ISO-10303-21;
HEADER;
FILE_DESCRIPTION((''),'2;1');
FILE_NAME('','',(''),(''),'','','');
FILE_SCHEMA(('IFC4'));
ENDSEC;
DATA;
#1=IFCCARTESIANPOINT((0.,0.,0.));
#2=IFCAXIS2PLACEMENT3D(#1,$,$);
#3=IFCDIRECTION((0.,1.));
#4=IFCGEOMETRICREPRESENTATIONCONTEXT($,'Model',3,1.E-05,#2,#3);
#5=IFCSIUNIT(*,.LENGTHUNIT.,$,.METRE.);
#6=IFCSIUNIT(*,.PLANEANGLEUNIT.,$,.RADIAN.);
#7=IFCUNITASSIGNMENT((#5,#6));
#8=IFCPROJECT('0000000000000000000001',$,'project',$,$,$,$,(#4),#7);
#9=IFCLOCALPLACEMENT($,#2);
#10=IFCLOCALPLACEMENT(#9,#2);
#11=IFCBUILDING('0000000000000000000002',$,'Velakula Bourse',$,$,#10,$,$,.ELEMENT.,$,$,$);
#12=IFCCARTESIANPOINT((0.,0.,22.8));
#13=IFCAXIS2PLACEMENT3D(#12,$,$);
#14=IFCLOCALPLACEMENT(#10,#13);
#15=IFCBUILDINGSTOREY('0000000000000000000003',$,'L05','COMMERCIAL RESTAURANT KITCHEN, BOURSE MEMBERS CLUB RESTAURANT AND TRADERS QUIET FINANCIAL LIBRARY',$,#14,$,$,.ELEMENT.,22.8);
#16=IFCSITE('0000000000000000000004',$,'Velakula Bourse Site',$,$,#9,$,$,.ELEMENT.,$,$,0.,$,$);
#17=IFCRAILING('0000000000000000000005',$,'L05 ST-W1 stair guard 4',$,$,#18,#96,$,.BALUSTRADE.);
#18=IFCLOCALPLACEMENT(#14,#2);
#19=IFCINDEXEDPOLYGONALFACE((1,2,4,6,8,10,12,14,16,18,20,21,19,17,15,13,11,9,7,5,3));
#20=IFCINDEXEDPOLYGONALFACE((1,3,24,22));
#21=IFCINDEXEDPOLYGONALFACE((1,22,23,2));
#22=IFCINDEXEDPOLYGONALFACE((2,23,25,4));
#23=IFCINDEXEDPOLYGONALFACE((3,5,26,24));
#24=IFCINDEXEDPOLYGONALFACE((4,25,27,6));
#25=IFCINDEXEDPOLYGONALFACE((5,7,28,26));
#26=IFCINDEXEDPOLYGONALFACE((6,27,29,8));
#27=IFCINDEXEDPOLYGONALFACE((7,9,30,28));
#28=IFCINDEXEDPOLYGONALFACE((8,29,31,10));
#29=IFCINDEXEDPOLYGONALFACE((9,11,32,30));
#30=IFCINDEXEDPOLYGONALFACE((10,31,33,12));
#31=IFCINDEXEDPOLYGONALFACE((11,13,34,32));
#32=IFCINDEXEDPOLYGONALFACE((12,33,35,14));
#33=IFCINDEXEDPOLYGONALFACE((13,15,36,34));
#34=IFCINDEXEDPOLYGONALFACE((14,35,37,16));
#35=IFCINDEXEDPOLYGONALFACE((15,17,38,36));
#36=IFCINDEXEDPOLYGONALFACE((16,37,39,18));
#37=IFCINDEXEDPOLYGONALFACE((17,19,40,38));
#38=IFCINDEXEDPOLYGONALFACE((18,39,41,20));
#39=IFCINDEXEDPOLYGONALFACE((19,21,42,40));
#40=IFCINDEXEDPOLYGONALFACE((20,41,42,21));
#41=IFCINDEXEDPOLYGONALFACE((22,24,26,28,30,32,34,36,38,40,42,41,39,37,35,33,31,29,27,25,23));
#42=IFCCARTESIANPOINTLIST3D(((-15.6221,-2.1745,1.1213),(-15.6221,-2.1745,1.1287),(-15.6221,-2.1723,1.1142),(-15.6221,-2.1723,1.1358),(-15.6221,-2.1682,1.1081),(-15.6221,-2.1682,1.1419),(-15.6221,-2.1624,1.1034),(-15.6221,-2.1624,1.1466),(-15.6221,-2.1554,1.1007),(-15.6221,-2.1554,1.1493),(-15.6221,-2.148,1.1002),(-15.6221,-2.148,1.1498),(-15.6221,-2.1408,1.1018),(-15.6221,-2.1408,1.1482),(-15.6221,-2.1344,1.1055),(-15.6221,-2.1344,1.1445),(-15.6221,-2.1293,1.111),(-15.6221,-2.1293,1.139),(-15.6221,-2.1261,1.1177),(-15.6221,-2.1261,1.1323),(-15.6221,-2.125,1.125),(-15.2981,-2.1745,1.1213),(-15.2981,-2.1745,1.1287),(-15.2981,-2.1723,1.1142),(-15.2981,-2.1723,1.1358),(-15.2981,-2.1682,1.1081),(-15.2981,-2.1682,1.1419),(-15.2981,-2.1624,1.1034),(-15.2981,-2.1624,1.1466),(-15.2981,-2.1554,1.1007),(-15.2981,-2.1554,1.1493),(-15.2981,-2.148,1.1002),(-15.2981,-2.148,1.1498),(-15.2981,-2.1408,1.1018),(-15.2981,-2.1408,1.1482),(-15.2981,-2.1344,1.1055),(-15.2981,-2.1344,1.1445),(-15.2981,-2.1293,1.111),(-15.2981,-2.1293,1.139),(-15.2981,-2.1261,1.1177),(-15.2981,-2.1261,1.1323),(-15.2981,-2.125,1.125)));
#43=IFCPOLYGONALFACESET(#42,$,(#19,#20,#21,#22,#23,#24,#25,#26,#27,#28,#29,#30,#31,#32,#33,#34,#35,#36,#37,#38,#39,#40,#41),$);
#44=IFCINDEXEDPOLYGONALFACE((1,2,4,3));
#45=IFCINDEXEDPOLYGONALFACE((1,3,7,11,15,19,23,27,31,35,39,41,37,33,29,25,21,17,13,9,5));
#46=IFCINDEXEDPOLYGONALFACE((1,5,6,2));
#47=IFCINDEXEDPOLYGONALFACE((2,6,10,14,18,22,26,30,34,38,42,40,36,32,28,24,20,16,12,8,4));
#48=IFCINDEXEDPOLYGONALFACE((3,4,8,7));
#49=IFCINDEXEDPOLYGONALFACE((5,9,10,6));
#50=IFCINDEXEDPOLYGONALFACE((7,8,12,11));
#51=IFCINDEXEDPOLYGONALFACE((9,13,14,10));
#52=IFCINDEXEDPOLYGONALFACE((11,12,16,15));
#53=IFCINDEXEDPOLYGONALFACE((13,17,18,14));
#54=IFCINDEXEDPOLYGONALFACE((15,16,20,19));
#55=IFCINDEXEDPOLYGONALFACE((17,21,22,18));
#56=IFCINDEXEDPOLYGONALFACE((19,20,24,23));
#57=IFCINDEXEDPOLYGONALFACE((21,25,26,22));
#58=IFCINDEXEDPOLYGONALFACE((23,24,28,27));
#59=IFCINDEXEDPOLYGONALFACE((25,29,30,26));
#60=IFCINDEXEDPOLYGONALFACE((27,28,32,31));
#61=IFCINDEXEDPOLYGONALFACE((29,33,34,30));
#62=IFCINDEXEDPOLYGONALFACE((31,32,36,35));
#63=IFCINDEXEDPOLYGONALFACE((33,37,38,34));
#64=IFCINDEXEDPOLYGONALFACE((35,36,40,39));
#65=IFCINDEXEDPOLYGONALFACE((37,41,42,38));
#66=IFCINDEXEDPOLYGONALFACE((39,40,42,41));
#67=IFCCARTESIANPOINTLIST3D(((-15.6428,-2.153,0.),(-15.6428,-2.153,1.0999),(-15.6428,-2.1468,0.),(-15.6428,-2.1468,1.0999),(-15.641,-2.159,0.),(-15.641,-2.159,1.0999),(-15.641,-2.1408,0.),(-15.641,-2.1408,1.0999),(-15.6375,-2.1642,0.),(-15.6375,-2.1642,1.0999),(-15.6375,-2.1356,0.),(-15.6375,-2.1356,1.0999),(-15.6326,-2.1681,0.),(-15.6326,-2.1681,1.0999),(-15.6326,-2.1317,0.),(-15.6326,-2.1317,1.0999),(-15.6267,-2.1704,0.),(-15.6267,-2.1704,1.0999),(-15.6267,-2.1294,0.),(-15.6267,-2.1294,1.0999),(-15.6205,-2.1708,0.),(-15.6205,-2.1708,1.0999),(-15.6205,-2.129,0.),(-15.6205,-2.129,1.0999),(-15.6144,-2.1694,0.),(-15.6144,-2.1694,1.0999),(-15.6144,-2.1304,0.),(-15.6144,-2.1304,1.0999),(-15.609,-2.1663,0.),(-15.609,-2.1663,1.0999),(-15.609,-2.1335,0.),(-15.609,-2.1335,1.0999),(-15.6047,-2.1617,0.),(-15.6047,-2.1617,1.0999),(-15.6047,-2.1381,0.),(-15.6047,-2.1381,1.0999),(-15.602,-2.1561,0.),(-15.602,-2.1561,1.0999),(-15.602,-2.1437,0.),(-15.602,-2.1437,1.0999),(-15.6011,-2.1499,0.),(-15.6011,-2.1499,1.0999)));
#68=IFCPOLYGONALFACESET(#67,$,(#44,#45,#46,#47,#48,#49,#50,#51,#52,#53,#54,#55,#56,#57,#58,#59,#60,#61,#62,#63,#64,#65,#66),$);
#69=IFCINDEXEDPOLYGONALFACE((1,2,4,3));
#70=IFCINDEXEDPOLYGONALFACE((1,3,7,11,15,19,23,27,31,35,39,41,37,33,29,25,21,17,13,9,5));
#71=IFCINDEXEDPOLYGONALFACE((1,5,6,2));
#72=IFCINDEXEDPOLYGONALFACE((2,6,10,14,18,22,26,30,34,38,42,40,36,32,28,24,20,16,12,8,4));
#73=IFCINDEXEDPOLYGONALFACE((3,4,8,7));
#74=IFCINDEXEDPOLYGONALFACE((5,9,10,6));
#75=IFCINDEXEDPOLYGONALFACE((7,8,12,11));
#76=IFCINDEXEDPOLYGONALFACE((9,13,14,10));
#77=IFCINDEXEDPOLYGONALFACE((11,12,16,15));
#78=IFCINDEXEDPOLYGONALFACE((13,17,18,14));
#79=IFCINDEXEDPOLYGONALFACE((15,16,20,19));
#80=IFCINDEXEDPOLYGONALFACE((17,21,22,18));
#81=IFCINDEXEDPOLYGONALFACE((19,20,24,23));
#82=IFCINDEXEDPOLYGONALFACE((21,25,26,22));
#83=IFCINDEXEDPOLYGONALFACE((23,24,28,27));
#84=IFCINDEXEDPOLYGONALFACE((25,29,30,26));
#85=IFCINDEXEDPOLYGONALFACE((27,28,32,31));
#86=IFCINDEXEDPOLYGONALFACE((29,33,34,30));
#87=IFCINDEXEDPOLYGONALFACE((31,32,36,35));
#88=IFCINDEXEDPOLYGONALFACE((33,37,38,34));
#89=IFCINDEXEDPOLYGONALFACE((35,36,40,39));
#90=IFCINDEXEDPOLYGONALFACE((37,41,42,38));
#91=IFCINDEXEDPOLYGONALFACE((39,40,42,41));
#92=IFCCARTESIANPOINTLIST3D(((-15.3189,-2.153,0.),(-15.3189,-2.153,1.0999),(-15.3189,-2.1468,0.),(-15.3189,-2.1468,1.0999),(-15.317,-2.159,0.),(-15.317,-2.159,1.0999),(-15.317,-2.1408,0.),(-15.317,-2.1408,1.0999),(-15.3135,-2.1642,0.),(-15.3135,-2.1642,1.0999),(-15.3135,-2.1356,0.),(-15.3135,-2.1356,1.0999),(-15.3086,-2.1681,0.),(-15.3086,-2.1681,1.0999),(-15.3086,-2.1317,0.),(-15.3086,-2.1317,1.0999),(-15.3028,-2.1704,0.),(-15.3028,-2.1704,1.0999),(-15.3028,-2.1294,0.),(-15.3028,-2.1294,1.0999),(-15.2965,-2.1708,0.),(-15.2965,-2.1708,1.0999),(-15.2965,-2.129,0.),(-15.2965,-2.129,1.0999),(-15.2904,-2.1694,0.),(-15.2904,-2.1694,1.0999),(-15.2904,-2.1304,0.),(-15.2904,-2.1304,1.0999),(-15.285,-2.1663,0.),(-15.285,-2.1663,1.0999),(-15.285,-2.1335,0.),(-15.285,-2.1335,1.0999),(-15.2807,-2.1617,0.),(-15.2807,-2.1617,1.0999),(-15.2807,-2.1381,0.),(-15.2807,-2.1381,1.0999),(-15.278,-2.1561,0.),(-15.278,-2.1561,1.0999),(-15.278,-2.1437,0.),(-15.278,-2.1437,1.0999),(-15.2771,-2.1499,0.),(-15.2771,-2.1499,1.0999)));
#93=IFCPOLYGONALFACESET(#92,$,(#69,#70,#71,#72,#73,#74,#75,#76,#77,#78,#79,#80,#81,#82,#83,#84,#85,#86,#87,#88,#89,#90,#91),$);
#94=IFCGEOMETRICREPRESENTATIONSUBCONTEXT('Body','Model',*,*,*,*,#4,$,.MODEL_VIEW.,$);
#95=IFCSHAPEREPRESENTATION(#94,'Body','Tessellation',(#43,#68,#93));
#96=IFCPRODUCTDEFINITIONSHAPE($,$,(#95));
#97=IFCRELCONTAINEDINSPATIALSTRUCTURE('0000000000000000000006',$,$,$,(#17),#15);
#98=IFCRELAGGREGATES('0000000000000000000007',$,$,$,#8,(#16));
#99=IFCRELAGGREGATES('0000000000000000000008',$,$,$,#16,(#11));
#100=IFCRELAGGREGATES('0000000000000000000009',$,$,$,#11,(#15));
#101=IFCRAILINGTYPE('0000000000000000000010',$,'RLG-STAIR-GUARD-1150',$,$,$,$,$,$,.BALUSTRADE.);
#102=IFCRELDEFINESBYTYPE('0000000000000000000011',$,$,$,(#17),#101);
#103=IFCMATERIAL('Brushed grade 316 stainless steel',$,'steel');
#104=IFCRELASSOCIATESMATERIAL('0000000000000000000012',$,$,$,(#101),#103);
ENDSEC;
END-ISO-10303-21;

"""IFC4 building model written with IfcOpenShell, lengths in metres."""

from ifc_helpers import new_model, si_unit, direction, frame, origin, origin_2d, place, context, subcontext, project, spatial, circle, extrude, material, type_object, element, save


model = new_model("IFC4")

# Units and contexts
model_context = context("Model", 3, precision=1e-05, world=origin(), true_north=direction((0.0, 1.0)))
body_context = subcontext(model_context, "Body", "Model", "MODEL_VIEW")
ifc_project = project(units=[si_unit("LENGTHUNIT", "METRE"), si_unit("PLANEANGLEUNIT", "RADIAN")], contexts=[model_context])

# Site, building, storey
site_placement = place(None, origin())
site = spatial("IfcSite", under=ifc_project, at=site_placement, Name="Velakula Bourse Site", CompositionType="ELEMENT", RefElevation=0.0)
building_placement = place(site_placement, origin())
building = spatial("IfcBuilding", under=site, at=building_placement, Name="Velakula Bourse", CompositionType="ELEMENT")
storey_placement = place(building_placement, frame((0.0, 0.0, 22.8)))
storey = spatial("IfcBuildingStorey", under=building, at=storey_placement, Name="L05", Description="COMMERCIAL RESTAURANT KITCHEN, BOURSE MEMBERS CLUB RESTAURANT AND TRADERS QUIET FINANCIAL LIBRARY", CompositionType="ELEMENT", Elevation=22.8)

# Shared definitions
ifc_material_1 = material(Name="Brushed grade 316 stainless steel", Category="steel")

# Railing
railing_type = type_object("IfcRailingType", Name="RLG-STAIR-GUARD-1150", PredefinedType="BALUSTRADE", material=ifc_material_1)
railing_1_placement = place(storey_placement, frame((-15.6221, -2.1499, 0.0)))
element("IfcRailing", 1, at=railing_1_placement, inside=storey, type_object=railing_type, Name="L05 ST-W1 stair guard 4", PredefinedType="BALUSTRADE", context=body_context, shape_type="SweptSolid", body=[
    extrude(circle(Radius=0.0249, at=origin_2d()), frame((0.0, 0.0, 1.125), z_axis=(1.0, 0.0, 0.0), x_axis=(0.0, 1.0, 0.0)), (0.0, 0.0, 1.0), 0.324),
    extrude(circle(Radius=0.021, at=origin_2d()), origin(), (0.0, 0.0, 1.0), 1.0999),
    extrude(circle(Radius=0.021, at=origin_2d()), frame((0.324, 0.0, 0.0)), (0.0, 0.0, 1.0), 1.0999),
])

save(model, "model.ifc")
